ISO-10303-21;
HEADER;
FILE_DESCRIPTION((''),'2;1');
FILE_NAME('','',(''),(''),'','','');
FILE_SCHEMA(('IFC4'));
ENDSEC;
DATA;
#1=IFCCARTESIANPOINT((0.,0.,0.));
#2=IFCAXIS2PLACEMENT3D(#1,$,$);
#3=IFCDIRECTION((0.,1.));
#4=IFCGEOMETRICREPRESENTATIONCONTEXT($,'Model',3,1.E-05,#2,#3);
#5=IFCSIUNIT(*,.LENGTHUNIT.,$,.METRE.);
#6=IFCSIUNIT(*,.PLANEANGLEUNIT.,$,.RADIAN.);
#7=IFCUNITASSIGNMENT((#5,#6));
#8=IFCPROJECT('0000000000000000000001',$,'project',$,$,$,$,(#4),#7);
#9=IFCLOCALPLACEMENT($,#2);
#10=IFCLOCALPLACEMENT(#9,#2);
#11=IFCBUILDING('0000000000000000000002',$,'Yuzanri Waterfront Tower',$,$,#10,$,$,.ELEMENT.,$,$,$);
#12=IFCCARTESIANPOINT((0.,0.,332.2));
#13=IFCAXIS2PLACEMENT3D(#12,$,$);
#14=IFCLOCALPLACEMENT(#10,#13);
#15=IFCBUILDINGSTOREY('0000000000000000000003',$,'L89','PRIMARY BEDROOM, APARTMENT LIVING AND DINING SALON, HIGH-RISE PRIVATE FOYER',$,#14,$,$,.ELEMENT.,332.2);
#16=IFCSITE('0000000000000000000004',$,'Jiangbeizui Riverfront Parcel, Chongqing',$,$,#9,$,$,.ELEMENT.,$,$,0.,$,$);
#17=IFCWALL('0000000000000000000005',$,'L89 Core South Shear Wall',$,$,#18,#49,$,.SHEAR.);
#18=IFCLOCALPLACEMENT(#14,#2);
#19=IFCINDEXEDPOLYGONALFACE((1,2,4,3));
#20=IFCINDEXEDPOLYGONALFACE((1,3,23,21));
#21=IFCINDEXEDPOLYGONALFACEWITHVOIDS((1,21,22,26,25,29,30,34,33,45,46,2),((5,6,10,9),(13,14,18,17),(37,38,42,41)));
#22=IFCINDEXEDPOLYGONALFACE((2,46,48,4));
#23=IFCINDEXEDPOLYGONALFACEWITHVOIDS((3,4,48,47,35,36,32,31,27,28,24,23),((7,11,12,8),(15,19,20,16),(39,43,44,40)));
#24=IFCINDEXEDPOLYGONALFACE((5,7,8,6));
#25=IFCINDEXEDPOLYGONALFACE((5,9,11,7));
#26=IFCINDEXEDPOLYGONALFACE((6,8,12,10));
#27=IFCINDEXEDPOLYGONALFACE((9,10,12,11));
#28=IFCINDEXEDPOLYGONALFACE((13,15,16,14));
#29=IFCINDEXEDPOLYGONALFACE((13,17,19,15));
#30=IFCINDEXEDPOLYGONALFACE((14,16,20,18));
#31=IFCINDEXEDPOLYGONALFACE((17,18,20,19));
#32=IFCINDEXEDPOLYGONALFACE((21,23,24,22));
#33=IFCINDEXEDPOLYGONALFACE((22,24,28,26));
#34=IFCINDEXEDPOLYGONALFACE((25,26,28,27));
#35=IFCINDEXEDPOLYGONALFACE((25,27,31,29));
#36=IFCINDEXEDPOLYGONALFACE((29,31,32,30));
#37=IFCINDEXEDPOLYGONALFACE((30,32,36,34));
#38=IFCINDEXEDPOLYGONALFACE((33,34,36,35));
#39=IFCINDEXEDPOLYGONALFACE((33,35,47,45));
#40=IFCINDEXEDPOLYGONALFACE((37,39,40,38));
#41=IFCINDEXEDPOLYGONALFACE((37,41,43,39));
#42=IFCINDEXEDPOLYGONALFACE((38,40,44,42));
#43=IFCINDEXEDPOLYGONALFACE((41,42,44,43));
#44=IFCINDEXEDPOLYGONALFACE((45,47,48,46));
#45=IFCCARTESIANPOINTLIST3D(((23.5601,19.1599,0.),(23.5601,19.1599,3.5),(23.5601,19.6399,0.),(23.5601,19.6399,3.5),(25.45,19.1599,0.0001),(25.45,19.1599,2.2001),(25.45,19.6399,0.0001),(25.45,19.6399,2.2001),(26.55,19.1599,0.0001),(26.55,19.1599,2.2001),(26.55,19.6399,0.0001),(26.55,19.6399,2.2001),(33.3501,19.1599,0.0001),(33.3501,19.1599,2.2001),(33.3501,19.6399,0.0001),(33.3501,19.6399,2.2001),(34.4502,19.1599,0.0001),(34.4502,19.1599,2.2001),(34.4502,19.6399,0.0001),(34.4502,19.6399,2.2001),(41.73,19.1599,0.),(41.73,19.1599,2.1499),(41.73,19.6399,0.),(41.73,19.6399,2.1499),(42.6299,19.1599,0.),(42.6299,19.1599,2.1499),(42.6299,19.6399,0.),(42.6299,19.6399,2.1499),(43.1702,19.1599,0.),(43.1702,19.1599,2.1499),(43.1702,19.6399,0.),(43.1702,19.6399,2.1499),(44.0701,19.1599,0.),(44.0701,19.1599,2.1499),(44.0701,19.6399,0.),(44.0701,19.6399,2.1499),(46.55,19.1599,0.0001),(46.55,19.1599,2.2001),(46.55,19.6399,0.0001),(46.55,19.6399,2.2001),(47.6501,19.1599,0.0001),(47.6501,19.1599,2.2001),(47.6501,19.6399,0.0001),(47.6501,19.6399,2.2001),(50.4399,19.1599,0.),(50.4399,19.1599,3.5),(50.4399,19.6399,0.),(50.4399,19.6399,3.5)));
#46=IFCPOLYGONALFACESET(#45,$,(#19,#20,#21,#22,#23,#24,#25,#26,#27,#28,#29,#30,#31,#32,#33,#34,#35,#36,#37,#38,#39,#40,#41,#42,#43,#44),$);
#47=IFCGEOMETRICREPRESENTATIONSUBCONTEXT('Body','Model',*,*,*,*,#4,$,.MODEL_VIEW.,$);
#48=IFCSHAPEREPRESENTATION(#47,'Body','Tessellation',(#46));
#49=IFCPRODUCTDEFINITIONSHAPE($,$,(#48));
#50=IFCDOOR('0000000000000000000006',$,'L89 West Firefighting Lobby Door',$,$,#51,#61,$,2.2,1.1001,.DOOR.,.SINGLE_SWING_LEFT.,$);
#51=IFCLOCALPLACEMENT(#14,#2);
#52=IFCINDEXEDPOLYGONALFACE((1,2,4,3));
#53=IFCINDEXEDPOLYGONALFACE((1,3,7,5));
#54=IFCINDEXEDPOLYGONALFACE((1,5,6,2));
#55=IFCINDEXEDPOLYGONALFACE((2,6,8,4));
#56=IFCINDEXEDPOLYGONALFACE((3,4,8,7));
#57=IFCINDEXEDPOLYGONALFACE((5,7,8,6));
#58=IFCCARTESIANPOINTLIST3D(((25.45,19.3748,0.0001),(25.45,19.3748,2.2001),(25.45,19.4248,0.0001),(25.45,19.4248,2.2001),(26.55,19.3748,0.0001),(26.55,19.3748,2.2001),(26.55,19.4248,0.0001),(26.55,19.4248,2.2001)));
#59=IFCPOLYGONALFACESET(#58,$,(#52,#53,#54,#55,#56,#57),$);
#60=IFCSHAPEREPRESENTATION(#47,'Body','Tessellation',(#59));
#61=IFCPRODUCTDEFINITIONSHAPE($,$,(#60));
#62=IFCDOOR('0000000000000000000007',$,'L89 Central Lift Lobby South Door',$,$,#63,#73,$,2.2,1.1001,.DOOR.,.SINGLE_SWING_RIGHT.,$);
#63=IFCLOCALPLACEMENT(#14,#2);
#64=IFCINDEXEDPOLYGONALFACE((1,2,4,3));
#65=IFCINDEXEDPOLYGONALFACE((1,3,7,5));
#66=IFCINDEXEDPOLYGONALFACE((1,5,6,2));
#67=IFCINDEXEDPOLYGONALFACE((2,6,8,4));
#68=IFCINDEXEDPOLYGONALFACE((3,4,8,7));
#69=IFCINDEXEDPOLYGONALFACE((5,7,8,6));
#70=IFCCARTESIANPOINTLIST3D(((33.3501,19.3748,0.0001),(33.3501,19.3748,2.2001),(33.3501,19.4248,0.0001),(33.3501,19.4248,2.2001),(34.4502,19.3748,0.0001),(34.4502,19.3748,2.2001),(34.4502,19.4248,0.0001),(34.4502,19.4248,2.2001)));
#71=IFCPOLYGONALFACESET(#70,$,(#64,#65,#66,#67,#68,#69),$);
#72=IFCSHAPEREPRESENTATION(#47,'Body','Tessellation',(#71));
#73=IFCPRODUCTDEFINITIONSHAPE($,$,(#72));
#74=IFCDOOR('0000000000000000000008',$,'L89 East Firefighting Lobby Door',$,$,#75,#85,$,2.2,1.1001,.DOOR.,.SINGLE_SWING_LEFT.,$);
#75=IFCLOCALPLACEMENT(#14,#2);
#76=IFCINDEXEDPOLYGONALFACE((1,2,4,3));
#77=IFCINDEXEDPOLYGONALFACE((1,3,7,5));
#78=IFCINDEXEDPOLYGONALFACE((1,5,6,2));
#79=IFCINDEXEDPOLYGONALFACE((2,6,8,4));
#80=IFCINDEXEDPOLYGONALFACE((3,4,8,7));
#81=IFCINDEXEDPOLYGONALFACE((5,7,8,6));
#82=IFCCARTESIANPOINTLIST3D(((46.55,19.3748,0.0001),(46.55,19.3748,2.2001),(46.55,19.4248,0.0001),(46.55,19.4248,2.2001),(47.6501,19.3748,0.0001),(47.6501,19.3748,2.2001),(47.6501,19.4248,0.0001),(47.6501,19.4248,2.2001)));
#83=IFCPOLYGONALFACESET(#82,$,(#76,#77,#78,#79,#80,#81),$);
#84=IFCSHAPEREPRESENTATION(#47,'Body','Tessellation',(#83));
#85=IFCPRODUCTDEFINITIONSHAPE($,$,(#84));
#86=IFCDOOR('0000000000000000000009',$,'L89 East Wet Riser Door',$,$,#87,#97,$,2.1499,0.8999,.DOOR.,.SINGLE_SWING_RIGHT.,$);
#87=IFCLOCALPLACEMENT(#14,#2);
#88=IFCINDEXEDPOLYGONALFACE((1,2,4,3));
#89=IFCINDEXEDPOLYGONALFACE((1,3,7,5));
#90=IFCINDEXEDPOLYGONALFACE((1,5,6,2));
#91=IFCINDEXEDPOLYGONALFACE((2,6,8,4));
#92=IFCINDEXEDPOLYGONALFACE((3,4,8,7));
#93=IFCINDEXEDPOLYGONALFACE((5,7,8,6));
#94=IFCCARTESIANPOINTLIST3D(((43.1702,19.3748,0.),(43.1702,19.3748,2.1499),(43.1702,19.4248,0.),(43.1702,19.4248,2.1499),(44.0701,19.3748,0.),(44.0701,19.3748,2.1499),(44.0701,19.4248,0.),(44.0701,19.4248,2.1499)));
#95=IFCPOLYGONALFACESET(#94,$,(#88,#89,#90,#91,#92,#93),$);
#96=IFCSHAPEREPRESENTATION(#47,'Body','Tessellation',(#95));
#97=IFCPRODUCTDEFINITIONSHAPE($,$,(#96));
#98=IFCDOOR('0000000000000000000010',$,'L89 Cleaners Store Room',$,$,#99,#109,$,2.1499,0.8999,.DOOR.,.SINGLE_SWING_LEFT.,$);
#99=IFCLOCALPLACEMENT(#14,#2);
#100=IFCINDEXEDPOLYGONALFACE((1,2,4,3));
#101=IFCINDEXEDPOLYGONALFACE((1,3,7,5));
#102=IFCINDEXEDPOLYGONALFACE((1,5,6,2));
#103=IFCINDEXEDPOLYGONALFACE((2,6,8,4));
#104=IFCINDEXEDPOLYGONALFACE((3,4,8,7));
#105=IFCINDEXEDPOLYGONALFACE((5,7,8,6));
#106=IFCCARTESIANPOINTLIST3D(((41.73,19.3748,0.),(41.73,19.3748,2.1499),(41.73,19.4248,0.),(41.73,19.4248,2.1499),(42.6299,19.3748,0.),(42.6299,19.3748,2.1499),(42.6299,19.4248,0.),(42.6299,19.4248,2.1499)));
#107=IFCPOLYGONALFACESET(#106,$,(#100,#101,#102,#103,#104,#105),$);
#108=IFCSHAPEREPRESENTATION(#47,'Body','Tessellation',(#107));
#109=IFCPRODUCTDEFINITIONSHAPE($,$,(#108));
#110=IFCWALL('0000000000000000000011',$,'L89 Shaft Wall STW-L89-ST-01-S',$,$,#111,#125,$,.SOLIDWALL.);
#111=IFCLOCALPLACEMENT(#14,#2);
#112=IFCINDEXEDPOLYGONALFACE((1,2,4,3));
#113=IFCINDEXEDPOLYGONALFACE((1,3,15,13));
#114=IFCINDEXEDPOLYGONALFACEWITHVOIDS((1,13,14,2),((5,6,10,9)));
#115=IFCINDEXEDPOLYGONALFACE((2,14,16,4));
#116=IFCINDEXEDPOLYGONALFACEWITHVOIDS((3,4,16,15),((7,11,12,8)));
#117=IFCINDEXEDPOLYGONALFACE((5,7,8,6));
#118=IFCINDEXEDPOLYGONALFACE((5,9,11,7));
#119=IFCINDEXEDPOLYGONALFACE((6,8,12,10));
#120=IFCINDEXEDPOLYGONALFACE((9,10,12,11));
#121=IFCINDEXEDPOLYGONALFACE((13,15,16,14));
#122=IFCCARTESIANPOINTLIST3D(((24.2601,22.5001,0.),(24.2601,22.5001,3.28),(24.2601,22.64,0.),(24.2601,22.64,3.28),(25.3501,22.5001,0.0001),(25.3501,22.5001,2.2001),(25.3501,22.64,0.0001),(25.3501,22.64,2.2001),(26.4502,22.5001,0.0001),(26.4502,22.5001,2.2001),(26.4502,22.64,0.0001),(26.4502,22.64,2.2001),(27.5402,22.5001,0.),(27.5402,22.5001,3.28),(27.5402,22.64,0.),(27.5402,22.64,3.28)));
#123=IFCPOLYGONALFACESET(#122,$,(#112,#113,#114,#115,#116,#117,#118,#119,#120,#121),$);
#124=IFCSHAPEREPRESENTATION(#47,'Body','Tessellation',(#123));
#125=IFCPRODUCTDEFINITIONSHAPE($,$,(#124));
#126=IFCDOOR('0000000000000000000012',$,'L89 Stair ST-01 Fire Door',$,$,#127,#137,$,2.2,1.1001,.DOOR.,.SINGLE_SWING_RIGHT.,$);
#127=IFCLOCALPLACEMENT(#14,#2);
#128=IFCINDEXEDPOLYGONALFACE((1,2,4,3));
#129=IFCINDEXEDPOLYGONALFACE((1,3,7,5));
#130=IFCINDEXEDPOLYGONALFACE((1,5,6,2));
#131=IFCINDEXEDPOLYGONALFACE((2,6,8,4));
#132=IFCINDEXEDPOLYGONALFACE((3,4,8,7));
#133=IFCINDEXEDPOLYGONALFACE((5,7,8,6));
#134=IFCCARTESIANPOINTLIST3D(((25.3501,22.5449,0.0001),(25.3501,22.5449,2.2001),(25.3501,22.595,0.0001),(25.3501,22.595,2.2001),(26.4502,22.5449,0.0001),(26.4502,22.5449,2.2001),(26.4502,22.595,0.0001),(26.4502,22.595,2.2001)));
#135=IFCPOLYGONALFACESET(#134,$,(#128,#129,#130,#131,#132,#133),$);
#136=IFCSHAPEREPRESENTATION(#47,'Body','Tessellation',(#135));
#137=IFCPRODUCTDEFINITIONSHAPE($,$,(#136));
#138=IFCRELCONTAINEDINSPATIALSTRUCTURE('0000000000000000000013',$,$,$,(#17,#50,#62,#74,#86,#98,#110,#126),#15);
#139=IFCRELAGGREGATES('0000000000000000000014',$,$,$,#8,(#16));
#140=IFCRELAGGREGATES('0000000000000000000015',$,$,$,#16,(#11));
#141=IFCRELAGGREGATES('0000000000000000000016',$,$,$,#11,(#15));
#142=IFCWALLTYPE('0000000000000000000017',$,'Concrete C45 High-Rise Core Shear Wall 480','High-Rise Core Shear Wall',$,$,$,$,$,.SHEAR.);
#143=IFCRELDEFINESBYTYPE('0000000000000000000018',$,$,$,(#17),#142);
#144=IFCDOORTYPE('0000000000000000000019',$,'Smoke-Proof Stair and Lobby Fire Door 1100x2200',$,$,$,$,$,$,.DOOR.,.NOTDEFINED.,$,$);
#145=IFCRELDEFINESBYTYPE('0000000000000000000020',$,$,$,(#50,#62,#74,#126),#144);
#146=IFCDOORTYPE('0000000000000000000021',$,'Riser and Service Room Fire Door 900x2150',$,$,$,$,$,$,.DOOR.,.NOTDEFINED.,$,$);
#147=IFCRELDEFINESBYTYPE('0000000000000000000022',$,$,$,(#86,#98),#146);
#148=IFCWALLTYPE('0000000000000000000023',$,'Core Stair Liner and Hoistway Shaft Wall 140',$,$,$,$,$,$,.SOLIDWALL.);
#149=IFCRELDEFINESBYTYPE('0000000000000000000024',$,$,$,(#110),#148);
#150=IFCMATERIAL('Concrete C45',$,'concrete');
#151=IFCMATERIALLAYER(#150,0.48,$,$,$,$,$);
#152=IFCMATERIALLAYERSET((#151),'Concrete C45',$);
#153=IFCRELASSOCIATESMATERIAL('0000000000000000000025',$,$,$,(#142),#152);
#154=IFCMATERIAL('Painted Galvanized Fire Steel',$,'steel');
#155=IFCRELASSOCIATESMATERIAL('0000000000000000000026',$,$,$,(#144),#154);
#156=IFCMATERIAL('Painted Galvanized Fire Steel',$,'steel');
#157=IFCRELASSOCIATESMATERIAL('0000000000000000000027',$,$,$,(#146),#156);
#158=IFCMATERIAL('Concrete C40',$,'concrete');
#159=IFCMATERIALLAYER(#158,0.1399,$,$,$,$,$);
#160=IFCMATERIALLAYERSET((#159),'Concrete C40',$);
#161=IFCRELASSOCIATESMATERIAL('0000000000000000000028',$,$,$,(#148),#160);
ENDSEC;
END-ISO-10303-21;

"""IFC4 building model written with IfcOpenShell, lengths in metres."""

from ifc_helpers import new_model, si_unit, direction, frame, frame_2d, origin, place, context, subcontext, project, spatial, rectangle, extrude, source, transform, mapped, material, layer, layer_set, type_object, element, fill, save


model = new_model("IFC4")

# Units and contexts
model_context = context("Model", 3, precision=1e-05, world=origin(), true_north=direction((0.0, 1.0)))
body_context = subcontext(model_context, "Body", "Model", "MODEL_VIEW")
ifc_project = project(units=[si_unit("LENGTHUNIT", "METRE"), si_unit("PLANEANGLEUNIT", "RADIAN")], contexts=[model_context])

# Site, building, storey
site_placement = place(None, origin())
site = spatial("IfcSite", under=ifc_project, at=site_placement, Name="Jiangbeizui Riverfront Parcel, Chongqing", CompositionType="ELEMENT", RefElevation=0.0)
building_placement = place(site_placement, origin())
building = spatial("IfcBuilding", under=site, at=building_placement, Name="Yuzanri Waterfront Tower", CompositionType="ELEMENT")
storey_placement = place(building_placement, frame((0.0, 0.0, 332.2)))
storey = spatial("IfcBuildingStorey", under=building, at=storey_placement, Name="L89", Description="PRIMARY BEDROOM, APARTMENT LIVING AND DINING SALON, HIGH-RISE PRIVATE FOYER", CompositionType="ELEMENT", Elevation=332.2)

# Wall, openings, doors
ifc_material_1 = material(Name="Concrete C45", Category="concrete")
ifc_layer_1 = layer(ifc_material_1, 0.48)
ifc_layer_set_1 = layer_set([ifc_layer_1], Name="Concrete C45")
wall_type_1 = type_object("IfcWallType", Name="Concrete C45 High-Rise Core Shear Wall 480", Description="High-Rise Core Shear Wall", PredefinedType="SHEAR", material=ifc_layer_set_1)
wall_1_placement = place(storey_placement, frame((23.5601, 19.3999, 0.0), z_axis=(0.0, 0.0, 1.0), x_axis=(1.0, 0.0, 0.0)))
wall_1 = element("IfcWall", 1, at=wall_1_placement, inside=storey, type_object=wall_type_1, Name="L89 Core South Shear Wall", PredefinedType="SHEAR", context=body_context, shape_type="SweptSolid", body=[
    extrude(rectangle(XDim=26.8799, YDim=0.48, at=frame_2d((13.4399, 0.0))), origin(), (0.0, 0.0, 1.0), 3.5),
])
opening_1_placement = place(wall_1_placement, frame((1.8899, 0.0, 0.0)))
opening_1 = element("IfcOpeningElement", 2, at=opening_1_placement, cuts=wall_1, PredefinedType="OPENING", context=body_context, shape_type="SweptSolid", body=[
    extrude(rectangle(XDim=1.1001, YDim=2.2, at=frame_2d((0.55, 1.1001))), frame((0.0, 0.2549, 0.0), z_axis=(0.0, -1.0, 0.0), x_axis=(1.0, 0.0, 0.0)), (0.0, 0.0, 1.0), 0.5098),
])
opening_2_placement = place(wall_1_placement, frame((9.79, 0.0, 0.0)))
opening_2 = element("IfcOpeningElement", 3, at=opening_2_placement, cuts=wall_1, PredefinedType="OPENING", context=body_context, shape_type="SweptSolid", body=[
    extrude(rectangle(XDim=1.1001, YDim=2.2, at=frame_2d((0.55, 1.1001))), frame((0.0, 0.2549, 0.0), z_axis=(0.0, -1.0, 0.0), x_axis=(1.0, 0.0, 0.0)), (0.0, 0.0, 1.0), 0.5098),
])
opening_3_placement = place(wall_1_placement, frame((22.99, 0.0, 0.0)))
opening_3 = element("IfcOpeningElement", 4, at=opening_3_placement, cuts=wall_1, PredefinedType="OPENING", context=body_context, shape_type="SweptSolid", body=[
    extrude(rectangle(XDim=1.1001, YDim=2.2, at=frame_2d((0.55, 1.1001))), frame((0.0, 0.2549, 0.0), z_axis=(0.0, -1.0, 0.0), x_axis=(1.0, 0.0, 0.0)), (0.0, 0.0, 1.0), 0.5098),
])
opening_4_placement = place(wall_1_placement, frame((19.6101, 0.0, 0.0)))
opening_4 = element("IfcOpeningElement", 5, at=opening_4_placement, cuts=wall_1, PredefinedType="OPENING", context=body_context, shape_type="SweptSolid", body=[
    extrude(rectangle(XDim=0.8999, YDim=2.1499, at=frame_2d((0.45, 1.075))), frame((0.0, 0.2549, 0.0), z_axis=(0.0, -1.0, 0.0), x_axis=(1.0, 0.0, 0.0)), (0.0, 0.0, 1.0), 0.5098),
])
opening_5_placement = place(wall_1_placement, frame((18.1699, 0.0, 0.0)))
opening_5 = element("IfcOpeningElement", 6, at=opening_5_placement, cuts=wall_1, PredefinedType="OPENING", context=body_context, shape_type="SweptSolid", body=[
    extrude(rectangle(XDim=0.8999, YDim=2.1499, at=frame_2d((0.45, 1.075))), frame((0.0, 0.2549, 0.0), z_axis=(0.0, -1.0, 0.0), x_axis=(1.0, 0.0, 0.0)), (0.0, 0.0, 1.0), 0.5098),
])
ifc_material_2 = material(Name="Painted Galvanized Fire Steel", Category="steel")
door_type_1 = type_object("IfcDoorType", Name="Smoke-Proof Stair and Lobby Fire Door 1100x2200", OperationType="NOTDEFINED", PredefinedType="DOOR", material=ifc_material_2)
shared_shape_1 = source(origin(), body_context, "Body", "SweptSolid", [
    extrude(rectangle(XDim=1.1001, YDim=2.2, at=frame_2d((0.55, 1.1001))), frame((0.0, 0.0249, 0.0), z_axis=(0.0, -1.0, 0.0), x_axis=(1.0, 0.0, 0.0)), (0.0, 0.0, 1.0), 0.05),
])
door_1_placement = place(opening_1_placement, origin())
door_1 = element("IfcDoor", 7, at=door_1_placement, inside=storey, type_object=door_type_1, Name="L89 West Firefighting Lobby Door", OperationType="SINGLE_SWING_LEFT", OverallHeight=2.2, OverallWidth=1.1001, PredefinedType="DOOR", context=body_context, shape_type="MappedRepresentation", body=[
    mapped(shared_shape_1, transform((0.0, 0.0, 0.0), scale=1.0)),
])
fill(opening_1, door_1)
door_2_placement = place(opening_2_placement, origin())
door_2 = element("IfcDoor", 8, at=door_2_placement, inside=storey, type_object=door_type_1, Name="L89 Central Lift Lobby South Door", OperationType="SINGLE_SWING_RIGHT", OverallHeight=2.2, OverallWidth=1.1001, PredefinedType="DOOR", context=body_context, shape_type="MappedRepresentation", body=[
    mapped(shared_shape_1, transform((0.0, 0.0, 0.0), scale=1.0)),
])
fill(opening_2, door_2)
door_3_placement = place(opening_3_placement, origin())
door_3 = element("IfcDoor", 9, at=door_3_placement, inside=storey, type_object=door_type_1, Name="L89 East Firefighting Lobby Door", OperationType="SINGLE_SWING_LEFT", OverallHeight=2.2, OverallWidth=1.1001, PredefinedType="DOOR", context=body_context, shape_type="MappedRepresentation", body=[
    mapped(shared_shape_1, transform((0.0, 0.0, 0.0), scale=1.0)),
])
fill(opening_3, door_3)
ifc_material_3 = material(Name="Painted Galvanized Fire Steel", Category="steel")
door_type_2 = type_object("IfcDoorType", Name="Riser and Service Room Fire Door 900x2150", OperationType="NOTDEFINED", PredefinedType="DOOR", material=ifc_material_3)
shared_shape_2 = source(origin(), body_context, "Body", "SweptSolid", [
    extrude(rectangle(XDim=0.8999, YDim=2.1499, at=frame_2d((0.45, 1.075))), frame((0.0, 0.0249, 0.0), z_axis=(0.0, -1.0, 0.0), x_axis=(1.0, 0.0, 0.0)), (0.0, 0.0, 1.0), 0.05),
])
door_4_placement = place(opening_4_placement, origin())
door_4 = element("IfcDoor", 10, at=door_4_placement, inside=storey, type_object=door_type_2, Name="L89 East Wet Riser Door", OperationType="SINGLE_SWING_RIGHT", OverallHeight=2.1499, OverallWidth=0.8999, PredefinedType="DOOR", context=body_context, shape_type="MappedRepresentation", body=[
    mapped(shared_shape_2, transform((0.0, 0.0, 0.0), scale=1.0)),
])
fill(opening_4, door_4)
door_5_placement = place(opening_5_placement, origin())
door_5 = element("IfcDoor", 11, at=door_5_placement, inside=storey, type_object=door_type_2, Name="L89 Cleaners Store Room", OperationType="SINGLE_SWING_LEFT", OverallHeight=2.1499, OverallWidth=0.8999, PredefinedType="DOOR", context=body_context, shape_type="MappedRepresentation", body=[
    mapped(shared_shape_2, transform((0.0, 0.0, 0.0), scale=1.0)),
])
fill(opening_5, door_5)

# Wall, opening, door
ifc_material_4 = material(Name="Concrete C40", Category="concrete")
ifc_layer_2 = layer(ifc_material_4, 0.1399)
ifc_layer_set_2 = layer_set([ifc_layer_2], Name="Concrete C40")
wall_type_2 = type_object("IfcWallType", Name="Core Stair Liner and Hoistway Shaft Wall 140", PredefinedType="SOLIDWALL", material=ifc_layer_set_2)
wall_2_placement = place(storey_placement, frame((24.26, 22.5701, 0.0), z_axis=(0.0, 0.0, 1.0), x_axis=(1.0, 0.0, 0.0)))
wall_2 = element("IfcWall", 12, at=wall_2_placement, inside=storey, type_object=wall_type_2, Name="L89 Shaft Wall STW-L89-ST-01-S", PredefinedType="SOLIDWALL", context=body_context, shape_type="SweptSolid", body=[
    extrude(rectangle(XDim=3.28, YDim=0.1399, at=frame_2d((1.6401, 0.0))), origin(), (0.0, 0.0, 1.0), 3.28),
])
opening_6_placement = place(wall_2_placement, frame((1.0901, 0.0, 0.0)))
opening_6 = element("IfcOpeningElement", 13, at=opening_6_placement, cuts=wall_2, PredefinedType="OPENING", context=body_context, shape_type="SweptSolid", body=[
    extrude(rectangle(XDim=1.1001, YDim=2.2, at=frame_2d((0.55, 1.1001))), frame((0.0, 0.085, 0.0), z_axis=(0.0, -1.0, 0.0), x_axis=(1.0, 0.0, 0.0)), (0.0, 0.0, 1.0), 0.1697),
])
door_6_placement = place(opening_6_placement, origin())
door_6 = element("IfcDoor", 14, at=door_6_placement, inside=storey, type_object=door_type_1, Name="L89 Stair ST-01 Fire Door", OperationType="SINGLE_SWING_RIGHT", OverallHeight=2.2, OverallWidth=1.1001, PredefinedType="DOOR", context=body_context, shape_type="MappedRepresentation", body=[
    mapped(shared_shape_1, transform((0.0, 0.0, 0.0), scale=1.0)),
])
fill(opening_6, door_6)

save(model, "model.ifc")
